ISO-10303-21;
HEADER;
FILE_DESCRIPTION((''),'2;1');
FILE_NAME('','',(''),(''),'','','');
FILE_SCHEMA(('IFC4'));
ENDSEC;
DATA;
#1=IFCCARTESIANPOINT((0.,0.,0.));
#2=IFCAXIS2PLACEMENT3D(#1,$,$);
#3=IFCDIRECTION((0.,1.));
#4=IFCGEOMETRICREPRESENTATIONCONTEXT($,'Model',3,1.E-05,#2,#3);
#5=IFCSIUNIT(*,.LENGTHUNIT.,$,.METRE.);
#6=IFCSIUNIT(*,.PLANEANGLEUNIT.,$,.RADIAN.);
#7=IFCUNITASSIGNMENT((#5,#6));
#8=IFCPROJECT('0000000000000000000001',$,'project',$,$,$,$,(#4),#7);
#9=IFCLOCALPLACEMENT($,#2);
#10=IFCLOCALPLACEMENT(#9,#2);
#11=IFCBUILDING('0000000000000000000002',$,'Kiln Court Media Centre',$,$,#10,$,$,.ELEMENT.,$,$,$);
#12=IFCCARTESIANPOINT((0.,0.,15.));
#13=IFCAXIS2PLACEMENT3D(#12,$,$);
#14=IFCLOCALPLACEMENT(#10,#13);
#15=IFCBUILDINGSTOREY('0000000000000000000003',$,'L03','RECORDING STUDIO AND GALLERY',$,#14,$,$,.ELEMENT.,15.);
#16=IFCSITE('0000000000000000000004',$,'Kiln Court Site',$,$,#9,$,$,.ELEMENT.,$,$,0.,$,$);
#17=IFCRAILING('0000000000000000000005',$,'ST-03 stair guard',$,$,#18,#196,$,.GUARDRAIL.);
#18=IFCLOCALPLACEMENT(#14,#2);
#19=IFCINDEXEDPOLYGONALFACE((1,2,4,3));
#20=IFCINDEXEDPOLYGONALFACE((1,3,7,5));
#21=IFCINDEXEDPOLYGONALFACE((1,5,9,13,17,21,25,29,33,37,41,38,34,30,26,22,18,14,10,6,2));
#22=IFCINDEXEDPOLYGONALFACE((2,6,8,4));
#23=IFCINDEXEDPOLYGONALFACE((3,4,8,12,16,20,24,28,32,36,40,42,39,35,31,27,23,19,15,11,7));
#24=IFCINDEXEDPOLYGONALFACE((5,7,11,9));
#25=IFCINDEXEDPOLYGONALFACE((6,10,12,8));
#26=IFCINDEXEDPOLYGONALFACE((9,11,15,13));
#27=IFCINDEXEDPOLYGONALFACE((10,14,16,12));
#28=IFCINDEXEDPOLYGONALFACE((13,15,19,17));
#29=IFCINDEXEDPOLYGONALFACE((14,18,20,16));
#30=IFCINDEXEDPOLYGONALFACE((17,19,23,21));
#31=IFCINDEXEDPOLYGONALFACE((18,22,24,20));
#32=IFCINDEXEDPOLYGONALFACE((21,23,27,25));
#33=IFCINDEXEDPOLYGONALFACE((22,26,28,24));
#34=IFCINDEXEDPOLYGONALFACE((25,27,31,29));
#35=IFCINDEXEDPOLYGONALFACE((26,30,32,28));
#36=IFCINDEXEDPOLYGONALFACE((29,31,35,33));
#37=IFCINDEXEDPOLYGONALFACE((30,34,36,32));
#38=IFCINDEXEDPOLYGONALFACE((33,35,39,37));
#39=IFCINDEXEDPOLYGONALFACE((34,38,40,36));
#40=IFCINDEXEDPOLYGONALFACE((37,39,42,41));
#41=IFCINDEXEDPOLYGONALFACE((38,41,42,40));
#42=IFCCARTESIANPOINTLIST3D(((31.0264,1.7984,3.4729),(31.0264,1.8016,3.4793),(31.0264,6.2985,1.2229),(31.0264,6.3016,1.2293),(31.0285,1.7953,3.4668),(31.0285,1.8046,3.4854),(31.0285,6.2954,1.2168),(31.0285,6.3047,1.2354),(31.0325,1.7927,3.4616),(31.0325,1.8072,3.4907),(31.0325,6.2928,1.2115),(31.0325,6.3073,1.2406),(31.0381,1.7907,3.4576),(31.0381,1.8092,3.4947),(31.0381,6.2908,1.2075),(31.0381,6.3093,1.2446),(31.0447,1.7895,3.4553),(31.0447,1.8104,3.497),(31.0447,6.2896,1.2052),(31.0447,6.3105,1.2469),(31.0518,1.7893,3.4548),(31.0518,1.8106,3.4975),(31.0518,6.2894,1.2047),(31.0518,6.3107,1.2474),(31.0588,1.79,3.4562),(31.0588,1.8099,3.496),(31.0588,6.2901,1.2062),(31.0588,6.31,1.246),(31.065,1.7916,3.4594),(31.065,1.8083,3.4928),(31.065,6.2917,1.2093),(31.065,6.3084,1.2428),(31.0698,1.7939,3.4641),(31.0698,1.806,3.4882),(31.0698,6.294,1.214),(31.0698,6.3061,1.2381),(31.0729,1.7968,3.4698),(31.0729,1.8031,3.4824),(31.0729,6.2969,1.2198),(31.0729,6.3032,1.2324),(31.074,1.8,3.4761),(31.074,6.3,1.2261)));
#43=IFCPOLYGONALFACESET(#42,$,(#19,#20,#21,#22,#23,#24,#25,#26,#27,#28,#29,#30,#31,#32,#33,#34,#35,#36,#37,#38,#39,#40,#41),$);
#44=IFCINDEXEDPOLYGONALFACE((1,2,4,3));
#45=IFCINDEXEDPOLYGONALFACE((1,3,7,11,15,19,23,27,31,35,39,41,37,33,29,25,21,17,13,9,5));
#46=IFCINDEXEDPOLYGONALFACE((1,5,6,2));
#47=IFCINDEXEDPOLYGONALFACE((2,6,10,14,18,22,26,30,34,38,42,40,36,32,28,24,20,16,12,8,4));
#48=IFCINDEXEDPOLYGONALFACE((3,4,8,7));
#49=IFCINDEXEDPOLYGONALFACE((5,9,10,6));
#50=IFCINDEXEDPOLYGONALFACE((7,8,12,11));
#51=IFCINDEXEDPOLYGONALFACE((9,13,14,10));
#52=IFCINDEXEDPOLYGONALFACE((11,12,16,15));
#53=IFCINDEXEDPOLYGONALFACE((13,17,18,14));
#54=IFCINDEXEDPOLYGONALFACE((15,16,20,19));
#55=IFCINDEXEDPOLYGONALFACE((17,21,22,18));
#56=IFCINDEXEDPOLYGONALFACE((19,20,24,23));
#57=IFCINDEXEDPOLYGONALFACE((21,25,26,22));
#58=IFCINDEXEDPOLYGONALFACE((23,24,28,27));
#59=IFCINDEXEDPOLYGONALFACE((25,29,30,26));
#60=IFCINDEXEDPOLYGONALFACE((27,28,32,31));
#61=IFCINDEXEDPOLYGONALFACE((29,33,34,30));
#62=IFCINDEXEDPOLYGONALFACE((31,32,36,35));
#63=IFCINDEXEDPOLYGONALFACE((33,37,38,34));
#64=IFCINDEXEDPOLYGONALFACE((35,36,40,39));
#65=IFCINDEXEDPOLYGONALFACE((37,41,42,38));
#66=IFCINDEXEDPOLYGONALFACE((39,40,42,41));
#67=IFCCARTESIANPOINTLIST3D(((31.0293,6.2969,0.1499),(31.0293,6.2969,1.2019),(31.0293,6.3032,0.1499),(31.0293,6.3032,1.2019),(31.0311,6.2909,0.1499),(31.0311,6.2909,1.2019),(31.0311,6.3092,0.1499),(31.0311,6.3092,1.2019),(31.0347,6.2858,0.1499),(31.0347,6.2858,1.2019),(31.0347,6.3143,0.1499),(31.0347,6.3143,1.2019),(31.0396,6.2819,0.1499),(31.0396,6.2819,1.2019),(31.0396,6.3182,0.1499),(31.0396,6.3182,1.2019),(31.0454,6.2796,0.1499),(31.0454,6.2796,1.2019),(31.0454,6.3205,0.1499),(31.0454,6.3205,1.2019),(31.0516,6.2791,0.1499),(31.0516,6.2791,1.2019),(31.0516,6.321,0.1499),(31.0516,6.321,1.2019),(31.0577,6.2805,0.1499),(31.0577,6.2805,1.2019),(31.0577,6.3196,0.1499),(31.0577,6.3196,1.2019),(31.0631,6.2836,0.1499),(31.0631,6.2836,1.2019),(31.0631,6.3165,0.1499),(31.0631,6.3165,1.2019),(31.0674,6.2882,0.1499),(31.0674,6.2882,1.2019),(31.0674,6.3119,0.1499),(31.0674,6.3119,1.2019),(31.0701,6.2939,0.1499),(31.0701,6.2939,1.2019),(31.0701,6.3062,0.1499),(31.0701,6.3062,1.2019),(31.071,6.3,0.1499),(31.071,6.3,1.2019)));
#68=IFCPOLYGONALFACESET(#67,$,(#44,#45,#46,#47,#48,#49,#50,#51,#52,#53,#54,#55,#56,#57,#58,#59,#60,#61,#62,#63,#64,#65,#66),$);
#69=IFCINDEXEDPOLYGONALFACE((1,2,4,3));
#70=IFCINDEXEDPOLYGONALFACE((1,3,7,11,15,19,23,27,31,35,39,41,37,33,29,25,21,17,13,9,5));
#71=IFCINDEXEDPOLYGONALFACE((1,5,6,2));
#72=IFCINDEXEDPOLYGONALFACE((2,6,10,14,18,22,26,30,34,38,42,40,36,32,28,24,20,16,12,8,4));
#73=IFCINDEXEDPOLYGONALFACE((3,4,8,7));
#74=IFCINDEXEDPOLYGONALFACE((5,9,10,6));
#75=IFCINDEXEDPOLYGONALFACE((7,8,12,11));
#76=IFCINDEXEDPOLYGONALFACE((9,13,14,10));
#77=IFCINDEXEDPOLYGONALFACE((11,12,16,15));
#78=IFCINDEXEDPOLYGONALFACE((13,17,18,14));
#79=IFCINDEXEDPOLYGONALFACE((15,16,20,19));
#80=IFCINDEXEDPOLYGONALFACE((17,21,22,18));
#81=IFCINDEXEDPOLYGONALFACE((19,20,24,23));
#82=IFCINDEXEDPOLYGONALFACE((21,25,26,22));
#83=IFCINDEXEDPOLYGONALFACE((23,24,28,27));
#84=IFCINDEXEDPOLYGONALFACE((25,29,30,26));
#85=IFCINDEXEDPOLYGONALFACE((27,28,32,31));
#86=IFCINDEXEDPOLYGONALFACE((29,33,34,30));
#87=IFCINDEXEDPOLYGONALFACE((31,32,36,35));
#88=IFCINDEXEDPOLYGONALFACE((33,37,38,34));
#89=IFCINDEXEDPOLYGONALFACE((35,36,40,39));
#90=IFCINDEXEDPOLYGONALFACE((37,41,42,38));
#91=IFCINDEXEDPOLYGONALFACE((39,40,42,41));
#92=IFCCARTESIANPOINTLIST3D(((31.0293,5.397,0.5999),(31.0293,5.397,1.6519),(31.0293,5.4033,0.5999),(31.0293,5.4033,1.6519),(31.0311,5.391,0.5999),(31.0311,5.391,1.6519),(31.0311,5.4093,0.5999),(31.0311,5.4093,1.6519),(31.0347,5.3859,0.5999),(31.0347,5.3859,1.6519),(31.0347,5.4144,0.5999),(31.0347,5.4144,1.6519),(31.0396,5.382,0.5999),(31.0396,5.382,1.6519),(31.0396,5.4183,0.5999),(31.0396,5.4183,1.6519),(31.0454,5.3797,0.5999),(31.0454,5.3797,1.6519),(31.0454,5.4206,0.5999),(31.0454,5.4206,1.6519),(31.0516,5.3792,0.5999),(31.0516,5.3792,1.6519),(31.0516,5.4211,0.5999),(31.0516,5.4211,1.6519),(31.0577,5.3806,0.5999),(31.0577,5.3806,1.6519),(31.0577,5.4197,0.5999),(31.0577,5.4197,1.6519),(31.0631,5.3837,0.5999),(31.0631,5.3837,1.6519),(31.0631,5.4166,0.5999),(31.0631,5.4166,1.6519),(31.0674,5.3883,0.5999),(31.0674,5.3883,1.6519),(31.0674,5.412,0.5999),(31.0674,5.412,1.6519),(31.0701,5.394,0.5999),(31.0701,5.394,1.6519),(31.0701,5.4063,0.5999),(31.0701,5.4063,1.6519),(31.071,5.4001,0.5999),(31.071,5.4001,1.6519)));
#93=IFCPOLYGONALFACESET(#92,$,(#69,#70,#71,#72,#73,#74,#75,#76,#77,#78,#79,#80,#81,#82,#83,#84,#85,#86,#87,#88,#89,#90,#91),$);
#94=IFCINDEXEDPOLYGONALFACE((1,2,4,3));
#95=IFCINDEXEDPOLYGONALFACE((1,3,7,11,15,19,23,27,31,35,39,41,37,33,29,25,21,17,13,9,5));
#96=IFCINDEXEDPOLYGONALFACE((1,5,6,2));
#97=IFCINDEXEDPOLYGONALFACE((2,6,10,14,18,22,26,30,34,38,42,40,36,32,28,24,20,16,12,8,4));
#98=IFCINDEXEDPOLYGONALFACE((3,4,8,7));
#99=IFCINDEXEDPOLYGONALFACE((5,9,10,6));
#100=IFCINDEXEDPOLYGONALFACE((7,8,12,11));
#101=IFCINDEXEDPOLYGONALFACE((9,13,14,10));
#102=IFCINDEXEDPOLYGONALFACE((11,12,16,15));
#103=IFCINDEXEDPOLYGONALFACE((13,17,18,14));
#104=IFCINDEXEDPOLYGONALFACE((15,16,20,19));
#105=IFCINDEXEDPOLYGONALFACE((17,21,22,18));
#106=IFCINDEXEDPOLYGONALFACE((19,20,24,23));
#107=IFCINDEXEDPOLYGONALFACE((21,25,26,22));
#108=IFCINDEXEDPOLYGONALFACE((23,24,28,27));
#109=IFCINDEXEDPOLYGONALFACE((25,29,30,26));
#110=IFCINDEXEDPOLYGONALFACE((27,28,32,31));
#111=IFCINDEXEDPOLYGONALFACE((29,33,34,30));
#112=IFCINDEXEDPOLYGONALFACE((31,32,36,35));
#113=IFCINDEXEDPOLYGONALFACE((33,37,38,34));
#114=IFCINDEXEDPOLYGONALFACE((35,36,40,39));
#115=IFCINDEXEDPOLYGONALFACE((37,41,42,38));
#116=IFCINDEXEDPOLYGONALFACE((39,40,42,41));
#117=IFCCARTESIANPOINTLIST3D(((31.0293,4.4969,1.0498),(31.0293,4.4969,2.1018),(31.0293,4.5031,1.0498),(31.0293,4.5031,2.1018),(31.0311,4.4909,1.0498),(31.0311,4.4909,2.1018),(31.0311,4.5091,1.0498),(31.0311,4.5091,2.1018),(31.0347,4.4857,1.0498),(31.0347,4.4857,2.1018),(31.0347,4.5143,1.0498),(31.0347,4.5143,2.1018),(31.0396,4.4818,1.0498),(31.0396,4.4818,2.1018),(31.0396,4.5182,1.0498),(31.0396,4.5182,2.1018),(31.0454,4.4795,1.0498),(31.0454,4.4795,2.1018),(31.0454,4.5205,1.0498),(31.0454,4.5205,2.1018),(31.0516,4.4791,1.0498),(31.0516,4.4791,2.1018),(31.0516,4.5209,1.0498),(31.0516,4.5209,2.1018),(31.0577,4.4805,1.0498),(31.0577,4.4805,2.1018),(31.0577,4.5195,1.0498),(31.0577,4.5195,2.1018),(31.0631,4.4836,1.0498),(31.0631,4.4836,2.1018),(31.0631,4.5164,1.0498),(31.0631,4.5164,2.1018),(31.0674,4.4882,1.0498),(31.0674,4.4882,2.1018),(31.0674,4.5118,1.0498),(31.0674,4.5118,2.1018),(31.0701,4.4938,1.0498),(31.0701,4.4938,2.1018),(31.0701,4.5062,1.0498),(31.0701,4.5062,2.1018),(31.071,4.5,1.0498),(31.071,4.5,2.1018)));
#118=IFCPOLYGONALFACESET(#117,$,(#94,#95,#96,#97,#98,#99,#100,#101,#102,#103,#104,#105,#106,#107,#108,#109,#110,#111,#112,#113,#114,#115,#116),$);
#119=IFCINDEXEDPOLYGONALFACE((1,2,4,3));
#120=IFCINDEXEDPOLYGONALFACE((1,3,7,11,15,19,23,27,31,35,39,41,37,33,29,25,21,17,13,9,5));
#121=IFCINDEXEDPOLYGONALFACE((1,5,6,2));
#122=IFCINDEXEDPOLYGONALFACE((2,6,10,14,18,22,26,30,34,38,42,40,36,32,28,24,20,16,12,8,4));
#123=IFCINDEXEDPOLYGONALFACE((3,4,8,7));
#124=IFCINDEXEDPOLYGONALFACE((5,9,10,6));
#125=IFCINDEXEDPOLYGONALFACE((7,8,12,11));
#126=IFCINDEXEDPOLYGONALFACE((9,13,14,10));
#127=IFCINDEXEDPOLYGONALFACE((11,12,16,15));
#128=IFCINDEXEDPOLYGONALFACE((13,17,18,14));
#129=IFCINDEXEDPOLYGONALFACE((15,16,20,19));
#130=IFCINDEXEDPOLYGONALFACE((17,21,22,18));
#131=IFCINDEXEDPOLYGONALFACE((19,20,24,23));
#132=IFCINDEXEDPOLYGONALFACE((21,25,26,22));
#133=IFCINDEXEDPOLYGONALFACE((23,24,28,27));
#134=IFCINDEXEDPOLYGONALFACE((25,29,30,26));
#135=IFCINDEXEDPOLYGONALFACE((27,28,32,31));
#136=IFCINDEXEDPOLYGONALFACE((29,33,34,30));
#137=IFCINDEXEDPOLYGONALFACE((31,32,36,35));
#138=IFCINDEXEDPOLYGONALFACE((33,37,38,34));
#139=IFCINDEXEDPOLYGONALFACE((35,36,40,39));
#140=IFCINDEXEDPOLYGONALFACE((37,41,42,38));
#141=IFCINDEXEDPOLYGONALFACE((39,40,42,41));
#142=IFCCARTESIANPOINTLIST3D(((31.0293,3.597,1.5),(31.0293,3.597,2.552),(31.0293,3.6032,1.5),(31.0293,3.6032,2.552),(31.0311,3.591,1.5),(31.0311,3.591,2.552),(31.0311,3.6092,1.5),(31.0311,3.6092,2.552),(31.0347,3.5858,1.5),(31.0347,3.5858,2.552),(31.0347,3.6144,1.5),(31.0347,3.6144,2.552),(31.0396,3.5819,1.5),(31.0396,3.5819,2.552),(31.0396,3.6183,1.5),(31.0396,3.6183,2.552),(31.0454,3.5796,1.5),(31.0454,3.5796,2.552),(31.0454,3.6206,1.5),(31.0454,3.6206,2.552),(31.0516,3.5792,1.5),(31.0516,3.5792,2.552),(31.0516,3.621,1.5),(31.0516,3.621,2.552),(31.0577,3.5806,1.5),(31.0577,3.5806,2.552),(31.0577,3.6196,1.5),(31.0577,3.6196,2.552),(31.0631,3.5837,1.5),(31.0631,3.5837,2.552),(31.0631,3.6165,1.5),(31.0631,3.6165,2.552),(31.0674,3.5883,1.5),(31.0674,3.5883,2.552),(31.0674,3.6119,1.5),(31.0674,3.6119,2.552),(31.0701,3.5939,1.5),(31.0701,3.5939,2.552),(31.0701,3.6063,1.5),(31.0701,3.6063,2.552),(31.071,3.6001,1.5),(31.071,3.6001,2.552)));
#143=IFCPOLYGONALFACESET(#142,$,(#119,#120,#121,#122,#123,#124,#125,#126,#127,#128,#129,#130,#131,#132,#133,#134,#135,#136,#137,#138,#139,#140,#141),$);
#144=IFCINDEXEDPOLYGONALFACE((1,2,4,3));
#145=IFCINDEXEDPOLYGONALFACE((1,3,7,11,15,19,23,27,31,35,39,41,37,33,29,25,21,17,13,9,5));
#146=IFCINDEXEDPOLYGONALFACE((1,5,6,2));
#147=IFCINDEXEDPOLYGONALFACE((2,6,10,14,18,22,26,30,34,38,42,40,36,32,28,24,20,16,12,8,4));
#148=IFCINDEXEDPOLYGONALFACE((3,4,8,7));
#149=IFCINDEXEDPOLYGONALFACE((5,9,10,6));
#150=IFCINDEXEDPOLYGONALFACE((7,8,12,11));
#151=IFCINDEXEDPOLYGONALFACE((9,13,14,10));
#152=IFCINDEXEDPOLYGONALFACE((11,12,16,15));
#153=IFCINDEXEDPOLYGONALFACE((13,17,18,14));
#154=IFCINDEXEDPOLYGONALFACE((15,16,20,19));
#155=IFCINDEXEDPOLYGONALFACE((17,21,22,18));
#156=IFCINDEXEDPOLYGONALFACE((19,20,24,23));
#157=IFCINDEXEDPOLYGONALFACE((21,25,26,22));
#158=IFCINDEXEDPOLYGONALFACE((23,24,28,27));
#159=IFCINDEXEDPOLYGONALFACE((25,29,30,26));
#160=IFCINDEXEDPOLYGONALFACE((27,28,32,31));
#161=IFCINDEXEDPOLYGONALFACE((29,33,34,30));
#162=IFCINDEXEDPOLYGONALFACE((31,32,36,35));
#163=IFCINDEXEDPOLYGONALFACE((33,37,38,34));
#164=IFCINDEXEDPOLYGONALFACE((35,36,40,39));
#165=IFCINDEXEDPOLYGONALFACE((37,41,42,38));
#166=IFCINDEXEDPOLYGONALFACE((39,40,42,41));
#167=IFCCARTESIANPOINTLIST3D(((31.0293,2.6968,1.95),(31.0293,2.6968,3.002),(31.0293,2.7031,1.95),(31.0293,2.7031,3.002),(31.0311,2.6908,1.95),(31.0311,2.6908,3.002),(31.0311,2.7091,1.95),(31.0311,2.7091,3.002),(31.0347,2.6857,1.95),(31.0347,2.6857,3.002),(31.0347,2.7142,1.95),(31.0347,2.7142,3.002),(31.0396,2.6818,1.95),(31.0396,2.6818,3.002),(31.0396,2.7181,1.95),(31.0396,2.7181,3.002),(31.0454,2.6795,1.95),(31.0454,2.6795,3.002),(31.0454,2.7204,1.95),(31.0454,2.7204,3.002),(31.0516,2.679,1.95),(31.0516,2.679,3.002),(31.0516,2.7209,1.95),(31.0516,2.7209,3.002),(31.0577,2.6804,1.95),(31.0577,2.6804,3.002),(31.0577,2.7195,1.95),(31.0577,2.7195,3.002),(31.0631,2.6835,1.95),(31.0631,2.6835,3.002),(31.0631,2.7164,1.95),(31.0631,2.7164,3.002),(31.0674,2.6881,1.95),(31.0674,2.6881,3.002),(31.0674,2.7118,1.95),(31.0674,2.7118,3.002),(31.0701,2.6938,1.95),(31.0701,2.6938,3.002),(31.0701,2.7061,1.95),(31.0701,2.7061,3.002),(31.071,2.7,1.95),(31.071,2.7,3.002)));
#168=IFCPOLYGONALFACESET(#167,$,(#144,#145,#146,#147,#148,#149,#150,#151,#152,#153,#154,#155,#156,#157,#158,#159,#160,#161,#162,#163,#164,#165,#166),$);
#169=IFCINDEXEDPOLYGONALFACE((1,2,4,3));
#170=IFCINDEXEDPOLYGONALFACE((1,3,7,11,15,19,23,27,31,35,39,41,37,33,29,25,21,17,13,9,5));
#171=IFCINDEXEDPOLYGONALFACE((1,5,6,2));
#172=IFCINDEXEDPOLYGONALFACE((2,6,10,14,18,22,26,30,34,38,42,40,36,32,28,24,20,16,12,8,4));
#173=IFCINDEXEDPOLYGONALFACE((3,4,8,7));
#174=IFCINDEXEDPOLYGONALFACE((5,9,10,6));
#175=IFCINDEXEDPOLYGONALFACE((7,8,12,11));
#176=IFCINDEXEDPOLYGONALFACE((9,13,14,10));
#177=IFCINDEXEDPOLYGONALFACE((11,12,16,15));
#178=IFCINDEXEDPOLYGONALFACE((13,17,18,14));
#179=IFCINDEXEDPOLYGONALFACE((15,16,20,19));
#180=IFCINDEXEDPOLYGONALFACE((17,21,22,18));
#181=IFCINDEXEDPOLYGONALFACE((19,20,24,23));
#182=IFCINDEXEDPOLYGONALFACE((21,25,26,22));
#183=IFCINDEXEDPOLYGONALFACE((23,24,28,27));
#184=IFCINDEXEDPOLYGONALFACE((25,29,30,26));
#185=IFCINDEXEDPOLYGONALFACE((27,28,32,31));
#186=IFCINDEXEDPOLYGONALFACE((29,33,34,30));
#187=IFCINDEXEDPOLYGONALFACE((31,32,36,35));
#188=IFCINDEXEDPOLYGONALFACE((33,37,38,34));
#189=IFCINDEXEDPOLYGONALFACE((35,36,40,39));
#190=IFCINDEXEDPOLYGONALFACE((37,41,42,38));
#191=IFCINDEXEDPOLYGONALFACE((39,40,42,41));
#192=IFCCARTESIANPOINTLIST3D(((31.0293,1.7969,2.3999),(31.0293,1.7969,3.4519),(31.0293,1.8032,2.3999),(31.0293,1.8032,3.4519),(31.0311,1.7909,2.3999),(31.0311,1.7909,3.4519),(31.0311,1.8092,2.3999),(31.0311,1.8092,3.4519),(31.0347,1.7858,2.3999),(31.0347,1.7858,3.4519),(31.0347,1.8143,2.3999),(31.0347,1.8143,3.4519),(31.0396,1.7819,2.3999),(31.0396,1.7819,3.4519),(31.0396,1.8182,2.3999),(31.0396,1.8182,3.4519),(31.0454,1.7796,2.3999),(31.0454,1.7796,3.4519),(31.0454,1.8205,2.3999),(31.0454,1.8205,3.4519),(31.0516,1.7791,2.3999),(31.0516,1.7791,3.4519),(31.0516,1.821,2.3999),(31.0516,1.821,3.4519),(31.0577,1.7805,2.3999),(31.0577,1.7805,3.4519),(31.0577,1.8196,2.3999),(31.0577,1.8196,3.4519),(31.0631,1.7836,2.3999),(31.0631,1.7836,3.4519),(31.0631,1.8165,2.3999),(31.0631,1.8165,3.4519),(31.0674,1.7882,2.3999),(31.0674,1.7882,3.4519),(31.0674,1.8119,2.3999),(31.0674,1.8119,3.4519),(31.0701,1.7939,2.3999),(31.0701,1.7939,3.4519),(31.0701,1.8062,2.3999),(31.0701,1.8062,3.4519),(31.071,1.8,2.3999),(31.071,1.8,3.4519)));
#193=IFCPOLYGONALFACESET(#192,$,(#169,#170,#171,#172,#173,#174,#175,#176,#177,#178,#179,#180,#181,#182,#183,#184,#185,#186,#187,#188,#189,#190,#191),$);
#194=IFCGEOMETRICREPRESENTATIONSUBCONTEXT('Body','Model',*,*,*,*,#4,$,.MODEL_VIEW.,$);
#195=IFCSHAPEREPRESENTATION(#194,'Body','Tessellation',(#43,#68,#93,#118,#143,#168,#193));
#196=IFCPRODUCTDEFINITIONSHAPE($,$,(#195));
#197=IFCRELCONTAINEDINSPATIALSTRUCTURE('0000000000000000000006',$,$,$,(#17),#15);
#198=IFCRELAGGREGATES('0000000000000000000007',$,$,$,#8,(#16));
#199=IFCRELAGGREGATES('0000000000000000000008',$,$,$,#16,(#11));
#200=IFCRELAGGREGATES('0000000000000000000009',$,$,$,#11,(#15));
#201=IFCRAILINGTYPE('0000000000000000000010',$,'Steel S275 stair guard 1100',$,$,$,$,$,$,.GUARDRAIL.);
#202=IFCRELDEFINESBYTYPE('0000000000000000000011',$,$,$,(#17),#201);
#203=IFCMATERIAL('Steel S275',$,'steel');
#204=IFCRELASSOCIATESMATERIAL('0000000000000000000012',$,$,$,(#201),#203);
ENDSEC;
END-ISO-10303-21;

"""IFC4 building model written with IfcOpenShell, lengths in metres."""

from ifc_helpers import new_model, si_unit, direction, frame, origin, origin_2d, place, context, subcontext, project, spatial, circle, extrude, material, type_object, element, save


model = new_model("IFC4")

# Units and contexts
model_context = context("Model", 3, precision=1e-05, world=origin(), true_north=direction((0.0, 1.0)))
body_context = subcontext(model_context, "Body", "Model", "MODEL_VIEW")
ifc_project = project(units=[si_unit("LENGTHUNIT", "METRE"), si_unit("PLANEANGLEUNIT", "RADIAN")], contexts=[model_context])

# Site, building, storey
site_placement = place(None, origin())
site = spatial("IfcSite", under=ifc_project, at=site_placement, Name="Kiln Court Site", CompositionType="ELEMENT", RefElevation=0.0)
building_placement = place(site_placement, origin())
building = spatial("IfcBuilding", under=site, at=building_placement, Name="Kiln Court Media Centre", CompositionType="ELEMENT")
storey_placement = place(building_placement, frame((0.0, 0.0, 15.0)))
storey = spatial("IfcBuildingStorey", under=building, at=storey_placement, Name="L03", Description="RECORDING STUDIO AND GALLERY", CompositionType="ELEMENT", Elevation=15.0)

# Railing
ifc_material_1 = material(Name="Steel S275", Category="steel")
railing_type_1 = type_object("IfcRailingType", Name="Steel S275 stair guard 1100", PredefinedType="GUARDRAIL", material=ifc_material_1)
railing_1_placement = place(storey_placement, frame((31.05, 6.3, 0.1499)))
element("IfcRailing", 1, at=railing_1_placement, inside=storey, type_object=railing_type_1, Name="ST-03 stair guard", PredefinedType="GUARDRAIL", context=body_context, shape_type="SweptSolid", body=[
    extrude(circle(Radius=0.0239, at=origin_2d()), frame((0.0, 0.0, 1.0762), z_axis=(0.0, -0.894427, 0.447214), x_axis=(1.0, 0.0, 0.0)), (0.0, 0.0, 1.0), 5.0312),
    extrude(circle(Radius=0.021, at=origin_2d()), origin(), (0.0, 0.0, 1.0), 1.052),
    extrude(circle(Radius=0.021, at=origin_2d()), frame((0.0, -0.8999, 0.45)), (0.0, 0.0, 1.0), 1.052),
    extrude(circle(Radius=0.021, at=origin_2d()), frame((0.0, -1.8, 0.8999)), (0.0, 0.0, 1.0), 1.052),
    extrude(circle(Radius=0.021, at=origin_2d()), frame((0.0, -2.7, 1.3501)), (0.0, 0.0, 1.0), 1.052),
    extrude(circle(Radius=0.021, at=origin_2d()), frame((0.0, -3.6001, 1.8)), (0.0, 0.0, 1.0), 1.052),
    extrude(circle(Radius=0.021, at=origin_2d()), frame((0.0, -4.5, 2.25)), (0.0, 0.0, 1.0), 1.052),
])

save(model, "model.ifc")
